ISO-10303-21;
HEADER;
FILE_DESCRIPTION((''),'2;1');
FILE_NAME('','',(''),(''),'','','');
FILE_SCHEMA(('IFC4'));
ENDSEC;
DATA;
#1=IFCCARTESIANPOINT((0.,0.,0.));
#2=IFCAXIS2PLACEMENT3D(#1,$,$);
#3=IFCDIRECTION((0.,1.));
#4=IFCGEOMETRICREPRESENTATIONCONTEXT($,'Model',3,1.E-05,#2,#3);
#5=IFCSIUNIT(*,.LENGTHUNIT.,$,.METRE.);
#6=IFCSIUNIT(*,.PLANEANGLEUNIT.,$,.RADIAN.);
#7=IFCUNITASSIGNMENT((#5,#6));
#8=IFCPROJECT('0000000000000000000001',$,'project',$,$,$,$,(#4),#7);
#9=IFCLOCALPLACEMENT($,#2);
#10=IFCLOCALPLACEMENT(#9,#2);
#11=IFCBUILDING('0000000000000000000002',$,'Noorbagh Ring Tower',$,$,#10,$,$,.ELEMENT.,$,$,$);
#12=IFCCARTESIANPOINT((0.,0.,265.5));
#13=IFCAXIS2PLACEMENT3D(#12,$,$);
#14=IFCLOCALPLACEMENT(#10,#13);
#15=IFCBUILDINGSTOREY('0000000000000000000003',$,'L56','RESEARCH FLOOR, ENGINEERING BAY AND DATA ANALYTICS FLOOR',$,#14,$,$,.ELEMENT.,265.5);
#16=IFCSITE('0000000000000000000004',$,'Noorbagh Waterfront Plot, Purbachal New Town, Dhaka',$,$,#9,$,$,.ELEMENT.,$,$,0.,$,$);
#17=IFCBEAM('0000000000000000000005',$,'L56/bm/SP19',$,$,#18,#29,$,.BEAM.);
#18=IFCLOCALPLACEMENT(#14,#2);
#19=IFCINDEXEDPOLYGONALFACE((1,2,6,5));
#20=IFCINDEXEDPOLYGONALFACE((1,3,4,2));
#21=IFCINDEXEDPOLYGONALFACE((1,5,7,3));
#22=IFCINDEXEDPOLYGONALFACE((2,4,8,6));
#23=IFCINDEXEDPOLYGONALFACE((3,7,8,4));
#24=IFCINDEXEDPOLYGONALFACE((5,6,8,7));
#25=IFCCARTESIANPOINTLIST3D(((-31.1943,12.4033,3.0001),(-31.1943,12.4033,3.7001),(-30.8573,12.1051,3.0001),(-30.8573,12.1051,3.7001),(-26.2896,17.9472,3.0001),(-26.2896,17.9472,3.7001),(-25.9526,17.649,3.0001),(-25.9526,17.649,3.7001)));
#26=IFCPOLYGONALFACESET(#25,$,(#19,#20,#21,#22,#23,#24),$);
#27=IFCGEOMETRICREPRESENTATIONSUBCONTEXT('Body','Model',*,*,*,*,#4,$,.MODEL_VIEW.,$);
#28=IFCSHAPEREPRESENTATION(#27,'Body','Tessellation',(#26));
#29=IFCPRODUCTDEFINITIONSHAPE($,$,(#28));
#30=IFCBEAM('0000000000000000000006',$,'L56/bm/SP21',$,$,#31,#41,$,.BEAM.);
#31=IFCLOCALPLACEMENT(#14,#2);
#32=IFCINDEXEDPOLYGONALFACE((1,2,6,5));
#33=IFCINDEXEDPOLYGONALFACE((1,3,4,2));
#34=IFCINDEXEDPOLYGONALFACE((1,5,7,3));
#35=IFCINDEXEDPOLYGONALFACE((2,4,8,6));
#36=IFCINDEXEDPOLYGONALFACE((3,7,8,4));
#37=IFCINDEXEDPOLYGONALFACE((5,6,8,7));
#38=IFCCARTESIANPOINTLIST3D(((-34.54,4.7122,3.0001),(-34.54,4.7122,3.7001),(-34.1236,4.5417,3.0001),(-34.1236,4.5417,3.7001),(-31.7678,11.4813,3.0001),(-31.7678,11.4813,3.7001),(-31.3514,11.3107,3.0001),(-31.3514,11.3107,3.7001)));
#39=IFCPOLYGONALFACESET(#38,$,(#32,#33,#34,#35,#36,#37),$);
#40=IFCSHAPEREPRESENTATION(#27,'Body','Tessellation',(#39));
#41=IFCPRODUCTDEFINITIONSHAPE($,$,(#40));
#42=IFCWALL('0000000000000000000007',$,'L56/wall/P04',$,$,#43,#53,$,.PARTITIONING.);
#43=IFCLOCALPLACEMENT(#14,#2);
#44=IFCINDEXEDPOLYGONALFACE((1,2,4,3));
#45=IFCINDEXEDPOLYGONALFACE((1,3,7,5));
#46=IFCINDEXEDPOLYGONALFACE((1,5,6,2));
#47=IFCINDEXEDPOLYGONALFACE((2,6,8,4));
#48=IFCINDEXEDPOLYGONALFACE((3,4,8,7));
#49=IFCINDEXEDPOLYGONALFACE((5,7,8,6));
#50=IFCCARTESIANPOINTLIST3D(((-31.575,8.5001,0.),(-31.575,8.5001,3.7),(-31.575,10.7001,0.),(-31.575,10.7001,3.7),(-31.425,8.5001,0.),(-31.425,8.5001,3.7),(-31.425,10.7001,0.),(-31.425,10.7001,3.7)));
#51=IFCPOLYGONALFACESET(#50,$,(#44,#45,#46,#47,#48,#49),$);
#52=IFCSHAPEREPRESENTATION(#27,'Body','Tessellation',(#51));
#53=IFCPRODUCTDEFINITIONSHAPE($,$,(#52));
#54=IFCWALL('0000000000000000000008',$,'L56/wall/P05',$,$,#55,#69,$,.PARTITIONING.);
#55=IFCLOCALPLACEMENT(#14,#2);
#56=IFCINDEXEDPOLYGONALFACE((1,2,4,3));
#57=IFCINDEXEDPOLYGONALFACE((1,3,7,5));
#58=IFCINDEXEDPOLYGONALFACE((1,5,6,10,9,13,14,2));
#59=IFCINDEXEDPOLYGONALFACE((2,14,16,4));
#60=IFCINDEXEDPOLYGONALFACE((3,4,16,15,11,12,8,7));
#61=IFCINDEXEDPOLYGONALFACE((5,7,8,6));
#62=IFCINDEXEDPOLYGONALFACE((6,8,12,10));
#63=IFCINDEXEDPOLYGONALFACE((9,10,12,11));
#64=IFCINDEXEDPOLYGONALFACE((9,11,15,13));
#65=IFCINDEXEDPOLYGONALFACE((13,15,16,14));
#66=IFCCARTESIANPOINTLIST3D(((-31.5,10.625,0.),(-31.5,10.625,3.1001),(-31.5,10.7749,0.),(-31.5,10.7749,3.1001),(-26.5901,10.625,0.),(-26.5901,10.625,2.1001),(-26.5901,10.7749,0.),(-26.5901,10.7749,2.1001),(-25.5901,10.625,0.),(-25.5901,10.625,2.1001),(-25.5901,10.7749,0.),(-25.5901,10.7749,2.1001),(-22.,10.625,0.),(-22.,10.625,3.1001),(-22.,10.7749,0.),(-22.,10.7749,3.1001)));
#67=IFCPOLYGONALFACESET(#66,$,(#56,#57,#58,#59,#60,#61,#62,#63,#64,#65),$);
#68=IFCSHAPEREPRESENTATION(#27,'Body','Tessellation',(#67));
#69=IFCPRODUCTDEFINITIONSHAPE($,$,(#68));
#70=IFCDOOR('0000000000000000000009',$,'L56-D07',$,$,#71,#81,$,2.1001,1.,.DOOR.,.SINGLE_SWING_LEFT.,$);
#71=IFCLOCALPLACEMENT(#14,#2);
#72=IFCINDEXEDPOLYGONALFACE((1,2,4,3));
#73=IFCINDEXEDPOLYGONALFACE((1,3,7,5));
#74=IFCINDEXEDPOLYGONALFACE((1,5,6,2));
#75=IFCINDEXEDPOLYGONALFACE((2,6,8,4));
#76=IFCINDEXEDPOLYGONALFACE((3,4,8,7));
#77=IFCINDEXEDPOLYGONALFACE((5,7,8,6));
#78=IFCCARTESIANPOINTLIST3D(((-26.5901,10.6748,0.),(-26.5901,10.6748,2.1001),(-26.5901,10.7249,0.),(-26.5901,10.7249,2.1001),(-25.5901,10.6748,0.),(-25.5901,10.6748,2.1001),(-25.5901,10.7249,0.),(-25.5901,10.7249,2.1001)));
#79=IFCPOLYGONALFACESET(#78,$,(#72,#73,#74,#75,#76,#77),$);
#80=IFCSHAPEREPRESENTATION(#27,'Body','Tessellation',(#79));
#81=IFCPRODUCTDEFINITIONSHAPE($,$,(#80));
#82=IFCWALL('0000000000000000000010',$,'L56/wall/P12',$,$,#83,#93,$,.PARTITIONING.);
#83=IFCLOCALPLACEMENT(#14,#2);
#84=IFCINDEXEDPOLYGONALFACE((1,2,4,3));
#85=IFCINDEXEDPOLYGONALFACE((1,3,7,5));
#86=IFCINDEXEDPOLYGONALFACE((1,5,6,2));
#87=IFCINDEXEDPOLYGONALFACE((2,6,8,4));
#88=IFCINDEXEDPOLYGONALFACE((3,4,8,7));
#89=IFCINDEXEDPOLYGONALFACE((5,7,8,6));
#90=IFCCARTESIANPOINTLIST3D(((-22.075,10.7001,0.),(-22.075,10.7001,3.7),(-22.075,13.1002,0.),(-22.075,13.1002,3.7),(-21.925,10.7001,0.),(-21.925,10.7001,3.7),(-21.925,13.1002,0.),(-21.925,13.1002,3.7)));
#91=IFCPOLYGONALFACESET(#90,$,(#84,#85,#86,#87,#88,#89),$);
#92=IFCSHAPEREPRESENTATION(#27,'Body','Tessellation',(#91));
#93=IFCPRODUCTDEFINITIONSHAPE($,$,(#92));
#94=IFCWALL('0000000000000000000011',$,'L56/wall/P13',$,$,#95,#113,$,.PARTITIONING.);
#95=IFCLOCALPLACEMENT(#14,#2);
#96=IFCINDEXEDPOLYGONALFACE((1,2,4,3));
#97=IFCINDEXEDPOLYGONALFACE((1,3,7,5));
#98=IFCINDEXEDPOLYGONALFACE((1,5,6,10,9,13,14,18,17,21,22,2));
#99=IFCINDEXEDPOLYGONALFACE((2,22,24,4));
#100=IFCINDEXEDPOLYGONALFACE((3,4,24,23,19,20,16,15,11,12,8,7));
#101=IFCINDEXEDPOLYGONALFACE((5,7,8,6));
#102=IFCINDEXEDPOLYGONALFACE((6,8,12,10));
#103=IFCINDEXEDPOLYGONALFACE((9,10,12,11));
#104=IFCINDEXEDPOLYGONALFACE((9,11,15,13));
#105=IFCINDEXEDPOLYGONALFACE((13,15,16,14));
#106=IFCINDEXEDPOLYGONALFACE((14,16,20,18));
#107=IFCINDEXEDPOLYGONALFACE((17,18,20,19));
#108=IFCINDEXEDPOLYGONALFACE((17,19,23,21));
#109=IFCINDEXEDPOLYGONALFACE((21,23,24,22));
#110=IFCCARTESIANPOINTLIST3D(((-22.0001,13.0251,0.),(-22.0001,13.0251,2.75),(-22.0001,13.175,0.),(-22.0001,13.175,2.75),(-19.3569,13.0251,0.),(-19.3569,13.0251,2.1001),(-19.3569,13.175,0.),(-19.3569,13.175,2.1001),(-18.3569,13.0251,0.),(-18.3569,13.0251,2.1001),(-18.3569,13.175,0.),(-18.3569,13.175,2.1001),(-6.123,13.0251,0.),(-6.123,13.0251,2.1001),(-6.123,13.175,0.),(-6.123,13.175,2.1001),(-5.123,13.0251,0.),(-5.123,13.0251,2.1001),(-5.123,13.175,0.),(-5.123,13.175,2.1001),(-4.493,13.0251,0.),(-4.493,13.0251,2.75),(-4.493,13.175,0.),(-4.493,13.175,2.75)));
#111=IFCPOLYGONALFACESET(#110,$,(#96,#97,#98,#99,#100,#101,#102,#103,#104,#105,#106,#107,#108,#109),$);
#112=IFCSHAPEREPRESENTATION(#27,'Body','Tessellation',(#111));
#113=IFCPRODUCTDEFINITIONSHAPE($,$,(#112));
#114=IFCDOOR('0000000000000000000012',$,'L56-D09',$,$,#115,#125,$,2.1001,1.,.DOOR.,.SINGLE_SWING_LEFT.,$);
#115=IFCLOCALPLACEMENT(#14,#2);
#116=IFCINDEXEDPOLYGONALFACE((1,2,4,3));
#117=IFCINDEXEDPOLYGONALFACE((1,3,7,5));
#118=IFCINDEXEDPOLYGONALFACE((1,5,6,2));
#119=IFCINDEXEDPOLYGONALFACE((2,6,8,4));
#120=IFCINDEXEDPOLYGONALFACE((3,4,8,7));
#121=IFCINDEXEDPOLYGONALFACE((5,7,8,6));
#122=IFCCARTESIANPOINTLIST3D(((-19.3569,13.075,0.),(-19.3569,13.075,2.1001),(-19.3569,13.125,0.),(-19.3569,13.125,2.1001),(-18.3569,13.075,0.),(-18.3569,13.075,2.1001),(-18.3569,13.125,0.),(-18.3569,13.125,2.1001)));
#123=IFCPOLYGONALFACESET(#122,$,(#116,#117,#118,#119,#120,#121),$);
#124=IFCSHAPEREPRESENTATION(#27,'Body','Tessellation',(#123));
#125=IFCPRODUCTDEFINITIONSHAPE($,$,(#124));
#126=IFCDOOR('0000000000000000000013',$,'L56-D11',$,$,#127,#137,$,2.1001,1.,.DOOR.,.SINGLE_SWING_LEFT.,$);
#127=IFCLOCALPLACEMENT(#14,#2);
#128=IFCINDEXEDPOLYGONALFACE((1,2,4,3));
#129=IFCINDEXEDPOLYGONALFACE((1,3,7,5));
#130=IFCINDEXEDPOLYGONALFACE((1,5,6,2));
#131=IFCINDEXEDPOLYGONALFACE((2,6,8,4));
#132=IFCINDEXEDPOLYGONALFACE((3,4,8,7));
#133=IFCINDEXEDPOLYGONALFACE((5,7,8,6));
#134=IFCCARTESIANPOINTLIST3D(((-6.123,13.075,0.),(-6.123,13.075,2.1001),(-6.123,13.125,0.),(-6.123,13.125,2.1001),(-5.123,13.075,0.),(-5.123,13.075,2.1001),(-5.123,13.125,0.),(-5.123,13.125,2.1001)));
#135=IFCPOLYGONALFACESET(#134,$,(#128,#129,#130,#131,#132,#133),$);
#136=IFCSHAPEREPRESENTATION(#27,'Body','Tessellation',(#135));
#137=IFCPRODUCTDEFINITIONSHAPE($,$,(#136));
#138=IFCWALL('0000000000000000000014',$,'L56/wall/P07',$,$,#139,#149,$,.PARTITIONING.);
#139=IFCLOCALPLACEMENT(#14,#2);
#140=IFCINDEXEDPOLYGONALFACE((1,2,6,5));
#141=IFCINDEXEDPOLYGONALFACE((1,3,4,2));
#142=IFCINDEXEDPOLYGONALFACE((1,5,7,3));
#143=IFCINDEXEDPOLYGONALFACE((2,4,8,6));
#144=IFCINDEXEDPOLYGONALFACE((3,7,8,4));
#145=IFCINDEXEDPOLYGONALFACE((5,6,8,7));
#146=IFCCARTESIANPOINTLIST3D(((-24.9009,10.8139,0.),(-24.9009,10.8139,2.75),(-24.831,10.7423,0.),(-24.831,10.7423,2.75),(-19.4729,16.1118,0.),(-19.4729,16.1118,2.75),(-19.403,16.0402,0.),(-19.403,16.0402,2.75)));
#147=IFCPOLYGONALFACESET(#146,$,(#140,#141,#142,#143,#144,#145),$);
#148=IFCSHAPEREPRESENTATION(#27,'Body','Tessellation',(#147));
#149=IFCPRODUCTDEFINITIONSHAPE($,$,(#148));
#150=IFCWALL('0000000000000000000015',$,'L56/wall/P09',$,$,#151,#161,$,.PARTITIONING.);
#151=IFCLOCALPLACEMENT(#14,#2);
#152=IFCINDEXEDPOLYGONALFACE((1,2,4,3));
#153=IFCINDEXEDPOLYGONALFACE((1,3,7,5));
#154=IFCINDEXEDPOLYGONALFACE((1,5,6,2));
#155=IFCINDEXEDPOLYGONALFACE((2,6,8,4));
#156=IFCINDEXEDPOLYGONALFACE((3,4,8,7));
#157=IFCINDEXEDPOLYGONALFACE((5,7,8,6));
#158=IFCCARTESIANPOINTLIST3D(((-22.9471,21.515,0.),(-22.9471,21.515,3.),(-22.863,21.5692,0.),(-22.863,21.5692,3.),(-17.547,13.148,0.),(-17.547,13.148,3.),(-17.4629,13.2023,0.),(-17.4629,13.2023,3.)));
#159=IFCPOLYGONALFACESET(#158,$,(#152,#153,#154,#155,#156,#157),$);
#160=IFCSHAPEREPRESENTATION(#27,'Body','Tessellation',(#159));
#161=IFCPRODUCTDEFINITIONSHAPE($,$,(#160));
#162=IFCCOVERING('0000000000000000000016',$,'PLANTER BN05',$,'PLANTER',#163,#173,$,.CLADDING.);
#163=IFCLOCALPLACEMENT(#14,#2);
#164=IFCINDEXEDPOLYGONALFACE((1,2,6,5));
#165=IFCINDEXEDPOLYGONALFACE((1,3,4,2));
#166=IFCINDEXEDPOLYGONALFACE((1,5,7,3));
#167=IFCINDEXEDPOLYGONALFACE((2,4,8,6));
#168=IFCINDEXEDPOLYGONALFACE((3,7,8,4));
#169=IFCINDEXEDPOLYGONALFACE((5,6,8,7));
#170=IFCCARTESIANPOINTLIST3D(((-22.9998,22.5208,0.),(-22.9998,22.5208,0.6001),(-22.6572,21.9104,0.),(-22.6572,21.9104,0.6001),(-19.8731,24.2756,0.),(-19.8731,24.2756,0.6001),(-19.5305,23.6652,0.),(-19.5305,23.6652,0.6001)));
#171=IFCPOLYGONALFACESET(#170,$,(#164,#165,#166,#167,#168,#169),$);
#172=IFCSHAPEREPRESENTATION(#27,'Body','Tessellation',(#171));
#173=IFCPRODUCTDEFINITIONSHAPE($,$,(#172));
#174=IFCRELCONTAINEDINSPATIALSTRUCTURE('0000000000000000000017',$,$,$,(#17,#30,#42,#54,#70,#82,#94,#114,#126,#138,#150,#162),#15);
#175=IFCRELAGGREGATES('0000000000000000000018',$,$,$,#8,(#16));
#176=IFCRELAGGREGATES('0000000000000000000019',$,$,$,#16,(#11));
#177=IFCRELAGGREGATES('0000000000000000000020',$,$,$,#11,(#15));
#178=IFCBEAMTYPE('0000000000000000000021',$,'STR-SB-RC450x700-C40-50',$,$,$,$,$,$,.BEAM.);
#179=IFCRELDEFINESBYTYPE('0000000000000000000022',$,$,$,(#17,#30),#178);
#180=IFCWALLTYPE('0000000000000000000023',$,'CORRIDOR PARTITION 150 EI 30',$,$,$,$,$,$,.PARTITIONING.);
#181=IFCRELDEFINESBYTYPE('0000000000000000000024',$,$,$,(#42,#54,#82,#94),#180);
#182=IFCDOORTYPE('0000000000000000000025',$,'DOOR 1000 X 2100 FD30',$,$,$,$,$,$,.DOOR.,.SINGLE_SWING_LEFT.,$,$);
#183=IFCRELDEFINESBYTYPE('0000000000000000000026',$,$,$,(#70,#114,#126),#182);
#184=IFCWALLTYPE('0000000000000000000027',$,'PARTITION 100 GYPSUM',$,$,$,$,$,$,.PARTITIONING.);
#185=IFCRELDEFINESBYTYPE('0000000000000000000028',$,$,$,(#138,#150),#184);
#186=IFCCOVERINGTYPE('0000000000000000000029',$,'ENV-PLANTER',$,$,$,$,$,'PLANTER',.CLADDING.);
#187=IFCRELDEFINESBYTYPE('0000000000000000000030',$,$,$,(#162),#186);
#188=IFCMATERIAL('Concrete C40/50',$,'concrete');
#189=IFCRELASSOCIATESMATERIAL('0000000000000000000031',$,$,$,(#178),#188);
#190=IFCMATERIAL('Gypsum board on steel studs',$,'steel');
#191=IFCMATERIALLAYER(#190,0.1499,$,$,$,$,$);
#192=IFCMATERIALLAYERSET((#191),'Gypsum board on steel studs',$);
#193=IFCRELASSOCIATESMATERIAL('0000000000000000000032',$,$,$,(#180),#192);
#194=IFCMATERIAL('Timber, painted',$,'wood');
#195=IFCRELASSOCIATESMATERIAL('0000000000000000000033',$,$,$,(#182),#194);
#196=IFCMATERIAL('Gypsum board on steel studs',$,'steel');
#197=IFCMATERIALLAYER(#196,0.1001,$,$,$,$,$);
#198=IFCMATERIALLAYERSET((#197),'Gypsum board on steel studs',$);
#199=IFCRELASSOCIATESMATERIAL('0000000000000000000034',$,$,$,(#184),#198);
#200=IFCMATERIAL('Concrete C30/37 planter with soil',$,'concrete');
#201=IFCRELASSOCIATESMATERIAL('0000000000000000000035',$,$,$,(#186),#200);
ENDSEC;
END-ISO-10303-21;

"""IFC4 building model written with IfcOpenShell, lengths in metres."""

from ifc_helpers import new_model, si_unit, direction, frame, frame_2d, origin, origin_2d, place, context, subcontext, project, spatial, rectangle, extrude, material, layer, layer_set, material_profile, profile_set, type_object, element, fill, save


model = new_model("IFC4")

# Units and contexts
model_context = context("Model", 3, precision=1e-05, world=origin(), true_north=direction((0.0, 1.0)))
body_context = subcontext(model_context, "Body", "Model", "MODEL_VIEW")
ifc_project = project(units=[si_unit("LENGTHUNIT", "METRE"), si_unit("PLANEANGLEUNIT", "RADIAN")], contexts=[model_context])

# Site, building, storey
site_placement = place(None, origin())
site = spatial("IfcSite", under=ifc_project, at=site_placement, Name="Noorbagh Waterfront Plot, Purbachal New Town, Dhaka", CompositionType="ELEMENT", RefElevation=0.0)
building_placement = place(site_placement, origin())
building = spatial("IfcBuilding", under=site, at=building_placement, Name="Noorbagh Ring Tower", CompositionType="ELEMENT")
storey_placement = place(building_placement, frame((0.0, 0.0, 265.5)))
storey = spatial("IfcBuildingStorey", under=building, at=storey_placement, Name="L56", Description="RESEARCH FLOOR, ENGINEERING BAY AND DATA ANALYTICS FLOOR", CompositionType="ELEMENT", Elevation=265.5)

# Beams
ifc_material_1 = material(Name="Concrete C40/50", Category="concrete")
ifc_material_profile_1 = material_profile(ifc_material_1, rectangle(XDim=0.45, YDim=0.7, at=origin_2d()), Name="RC450x700")
ifc_profile_set_1 = profile_set([ifc_material_profile_1], Name="Concrete C40/50")
beam_type_1 = type_object("IfcBeamType", Name="STR-SB-RC450x700-C40-50", PredefinedType="BEAM", material=ifc_profile_set_1)
beam_1_placement = place(storey_placement, frame((-26.1211, 17.7981, 3.3501), z_axis=(-0.662614, -0.748961, 0.0), x_axis=(0.748961, -0.662614, 0.0)))
element("IfcBeam", 1, at=beam_1_placement, inside=storey, type_object=beam_type_1, Name="L56/bm/SP19", PredefinedType="BEAM", context=body_context, shape_type="SweptSolid", body=[
    extrude(rectangle(XDim=0.45, YDim=0.7, at=origin_2d()), origin(), (0.0, 0.0, 1.0), 7.4021),
])
beam_2_placement = place(storey_placement, frame((-31.5596, 11.396, 3.3501), z_axis=(-0.378992, -0.9254, 0.0), x_axis=(0.9254, -0.378992, 0.0)))
element("IfcBeam", 2, at=beam_2_placement, inside=storey, type_object=beam_type_1, Name="L56/bm/SP21", PredefinedType="BEAM", context=body_context, shape_type="SweptSolid", body=[
    extrude(rectangle(XDim=0.45, YDim=0.7, at=origin_2d()), origin(), (0.0, 0.0, 1.0), 7.3147),
])

# Wall
ifc_material_2 = material(Name="Gypsum board on steel studs", Category="steel")
ifc_layer_1 = layer(ifc_material_2, 0.1499)
ifc_layer_set_1 = layer_set([ifc_layer_1], Name="Gypsum board on steel studs")
wall_type_1 = type_object("IfcWallType", Name="CORRIDOR PARTITION 150 EI 30", PredefinedType="PARTITIONING", material=ifc_layer_set_1)
wall_1_placement = place(storey_placement, frame((-31.5, 8.5, 0.0), z_axis=(0.0, 0.0, 1.0), x_axis=(0.0, 1.0, 0.0)))
element("IfcWall", 3, at=wall_1_placement, inside=storey, type_object=wall_type_1, Name="L56/wall/P04", PredefinedType="PARTITIONING", context=body_context, shape_type="SweptSolid", body=[
    extrude(rectangle(XDim=2.2, YDim=0.1499, at=frame_2d((1.1001, 0.0))), origin(), (0.0, 0.0, 1.0), 3.7),
])

# Wall, opening, door
wall_2_placement = place(storey_placement, frame((-31.5, 10.7, 0.0), z_axis=(0.0, 0.0, 1.0), x_axis=(1.0, 0.0, 0.0)))
wall_2 = element("IfcWall", 4, at=wall_2_placement, inside=storey, type_object=wall_type_1, Name="L56/wall/P05", PredefinedType="PARTITIONING", context=body_context, shape_type="SweptSolid", body=[
    extrude(rectangle(XDim=9.5, YDim=0.1499, at=frame_2d((4.75, 0.0))), origin(), (0.0, 0.0, 1.0), 3.1001),
])
opening_1_placement = place(wall_2_placement, frame((4.9099, 0.0, 0.0)))
opening_1 = element("IfcOpeningElement", 5, at=opening_1_placement, cuts=wall_2, PredefinedType="OPENING", context=body_context, shape_type="SweptSolid", body=[
    extrude(rectangle(XDim=1.0, YDim=2.1001, at=frame_2d((0.5, 1.05))), frame((0.0, 0.085, 0.0), z_axis=(0.0, -1.0, 0.0), x_axis=(1.0, 0.0, 0.0)), (0.0, 0.0, 1.0), 0.1699),
])
ifc_material_3 = material(Name="Timber, painted", Category="wood")
door_type = type_object("IfcDoorType", Name="DOOR 1000 X 2100 FD30", OperationType="SINGLE_SWING_LEFT", PredefinedType="DOOR", material=ifc_material_3)
door_1_placement = place(opening_1_placement, origin())
door_1 = element("IfcDoor", 6, at=door_1_placement, inside=storey, type_object=door_type, Name="L56-D07", OperationType="SINGLE_SWING_LEFT", OverallHeight=2.1001, OverallWidth=1.0, PredefinedType="DOOR", context=body_context, shape_type="SweptSolid", body=[
    extrude(rectangle(XDim=1.0, YDim=2.1001, at=frame_2d((0.5, 1.05))), frame((0.0, 0.0249, 0.0), z_axis=(0.0, -1.0, 0.0), x_axis=(1.0, 0.0, 0.0)), (0.0, 0.0, 1.0), 0.05),
])
fill(opening_1, door_1)

# Wall
wall_3_placement = place(storey_placement, frame((-22.0, 10.7, 0.0), z_axis=(0.0, 0.0, 1.0), x_axis=(0.0, 1.0, 0.0)))
element("IfcWall", 7, at=wall_3_placement, inside=storey, type_object=wall_type_1, Name="L56/wall/P12", PredefinedType="PARTITIONING", context=body_context, shape_type="SweptSolid", body=[
    extrude(rectangle(XDim=2.4001, YDim=0.1499, at=frame_2d((1.2002, 0.0))), origin(), (0.0, 0.0, 1.0), 3.7),
])

# Wall, openings, doors
wall_4_placement = place(storey_placement, frame((-22.0, 13.1001, 0.0), z_axis=(0.0, 0.0, 1.0), x_axis=(1.0, 0.0, 0.0)))
wall_4 = element("IfcWall", 8, at=wall_4_placement, inside=storey, type_object=wall_type_1, Name="L56/wall/P13", PredefinedType="PARTITIONING", context=body_context, shape_type="SweptSolid", body=[
    extrude(rectangle(XDim=17.5071, YDim=0.1499, at=frame_2d((8.7534, 0.0))), origin(), (0.0, 0.0, 1.0), 2.75),
])
opening_2_placement = place(wall_4_placement, frame((2.6431, 0.0, 0.0)))
opening_2 = element("IfcOpeningElement", 9, at=opening_2_placement, cuts=wall_4, PredefinedType="OPENING", context=body_context, shape_type="SweptSolid", body=[
    extrude(rectangle(XDim=1.0, YDim=2.1001, at=frame_2d((0.5, 1.05))), frame((0.0, 0.085, 0.0), z_axis=(0.0, -1.0, 0.0), x_axis=(1.0, 0.0, 0.0)), (0.0, 0.0, 1.0), 0.1699),
])
opening_3_placement = place(wall_4_placement, frame((15.877, 0.0, 0.0)))
opening_3 = element("IfcOpeningElement", 10, at=opening_3_placement, cuts=wall_4, PredefinedType="OPENING", context=body_context, shape_type="SweptSolid", body=[
    extrude(rectangle(XDim=1.0, YDim=2.1001, at=frame_2d((0.5, 1.05))), frame((0.0, 0.085, 0.0), z_axis=(0.0, -1.0, 0.0), x_axis=(1.0, 0.0, 0.0)), (0.0, 0.0, 1.0), 0.1699),
])
door_2_placement = place(opening_2_placement, origin())
door_2 = element("IfcDoor", 11, at=door_2_placement, inside=storey, type_object=door_type, Name="L56-D09", OperationType="SINGLE_SWING_LEFT", OverallHeight=2.1001, OverallWidth=1.0, PredefinedType="DOOR", context=body_context, shape_type="SweptSolid", body=[
    extrude(rectangle(XDim=1.0, YDim=2.1001, at=frame_2d((0.5, 1.05))), frame((0.0, 0.0249, 0.0), z_axis=(0.0, -1.0, 0.0), x_axis=(1.0, 0.0, 0.0)), (0.0, 0.0, 1.0), 0.05),
])
fill(opening_2, door_2)
door_3_placement = place(opening_3_placement, origin())
door_3 = element("IfcDoor", 12, at=door_3_placement, inside=storey, type_object=door_type, Name="L56-D11", OperationType="SINGLE_SWING_LEFT", OverallHeight=2.1001, OverallWidth=1.0, PredefinedType="DOOR", context=body_context, shape_type="SweptSolid", body=[
    extrude(rectangle(XDim=1.0, YDim=2.1001, at=frame_2d((0.5, 1.05))), frame((0.0, 0.0249, 0.0), z_axis=(0.0, -1.0, 0.0), x_axis=(1.0, 0.0, 0.0)), (0.0, 0.0, 1.0), 0.05),
])
fill(opening_3, door_3)

# Walls
ifc_material_4 = material(Name="Gypsum board on steel studs", Category="steel")
ifc_layer_2 = layer(ifc_material_4, 0.1001)
ifc_layer_set_2 = layer_set([ifc_layer_2], Name="Gypsum board on steel studs")
wall_type_2 = type_object("IfcWallType", Name="PARTITION 100 GYPSUM", PredefinedType="PARTITIONING", material=ifc_layer_set_2)
wall_5_placement = place(storey_placement, frame((-24.866, 10.7781, 0.0), z_axis=(0.0, 0.0, 1.0), x_axis=(0.715633, 0.698477, 0.0)))
element("IfcWall", 13, at=wall_5_placement, inside=storey, type_object=wall_type_2, Name="L56/wall/P07", PredefinedType="PARTITIONING", context=body_context, shape_type="SweptSolid", body=[
    extrude(rectangle(XDim=7.585, YDim=0.1001, at=frame_2d((3.7925, 0.0))), origin(), (0.0, 0.0, 1.0), 2.75),
])
wall_6_placement = place(storey_placement, frame((-22.905, 21.542, 0.0), z_axis=(0.0, 0.0, 1.0), x_axis=(0.542277, -0.8402, 0.0)))
element("IfcWall", 14, at=wall_6_placement, inside=storey, type_object=wall_type_2, Name="L56/wall/P09", PredefinedType="PARTITIONING", context=body_context, shape_type="SweptSolid", body=[
    extrude(rectangle(XDim=9.9583, YDim=0.1001, at=frame_2d((4.979, 0.0))), origin(), (0.0, 0.0, 1.0), 3.0),
])

# Covering
ifc_material_5 = material(Name="Concrete C30/37 planter with soil", Category="concrete")
covering_type = type_object("IfcCoveringType", Name="ENV-PLANTER", ElementType="PLANTER", PredefinedType="CLADDING", material=ifc_material_5)
covering_placement = place(storey_placement, frame((-21.2651, 23.093, 0.0), z_axis=(0.0, 0.0, 1.0), x_axis=(-0.872045, -0.489426, 0.0)))
element("IfcCovering", 15, at=covering_placement, inside=storey, type_object=covering_type, Name="PLANTER BN05", ObjectType="PLANTER", PredefinedType="CLADDING", context=body_context, shape_type="SweptSolid", body=[
    extrude(rectangle(XDim=3.5854, YDim=0.7, at=origin_2d()), origin(), (0.0, 0.0, 1.0), 0.6001),
])

save(model, "model.ifc")
